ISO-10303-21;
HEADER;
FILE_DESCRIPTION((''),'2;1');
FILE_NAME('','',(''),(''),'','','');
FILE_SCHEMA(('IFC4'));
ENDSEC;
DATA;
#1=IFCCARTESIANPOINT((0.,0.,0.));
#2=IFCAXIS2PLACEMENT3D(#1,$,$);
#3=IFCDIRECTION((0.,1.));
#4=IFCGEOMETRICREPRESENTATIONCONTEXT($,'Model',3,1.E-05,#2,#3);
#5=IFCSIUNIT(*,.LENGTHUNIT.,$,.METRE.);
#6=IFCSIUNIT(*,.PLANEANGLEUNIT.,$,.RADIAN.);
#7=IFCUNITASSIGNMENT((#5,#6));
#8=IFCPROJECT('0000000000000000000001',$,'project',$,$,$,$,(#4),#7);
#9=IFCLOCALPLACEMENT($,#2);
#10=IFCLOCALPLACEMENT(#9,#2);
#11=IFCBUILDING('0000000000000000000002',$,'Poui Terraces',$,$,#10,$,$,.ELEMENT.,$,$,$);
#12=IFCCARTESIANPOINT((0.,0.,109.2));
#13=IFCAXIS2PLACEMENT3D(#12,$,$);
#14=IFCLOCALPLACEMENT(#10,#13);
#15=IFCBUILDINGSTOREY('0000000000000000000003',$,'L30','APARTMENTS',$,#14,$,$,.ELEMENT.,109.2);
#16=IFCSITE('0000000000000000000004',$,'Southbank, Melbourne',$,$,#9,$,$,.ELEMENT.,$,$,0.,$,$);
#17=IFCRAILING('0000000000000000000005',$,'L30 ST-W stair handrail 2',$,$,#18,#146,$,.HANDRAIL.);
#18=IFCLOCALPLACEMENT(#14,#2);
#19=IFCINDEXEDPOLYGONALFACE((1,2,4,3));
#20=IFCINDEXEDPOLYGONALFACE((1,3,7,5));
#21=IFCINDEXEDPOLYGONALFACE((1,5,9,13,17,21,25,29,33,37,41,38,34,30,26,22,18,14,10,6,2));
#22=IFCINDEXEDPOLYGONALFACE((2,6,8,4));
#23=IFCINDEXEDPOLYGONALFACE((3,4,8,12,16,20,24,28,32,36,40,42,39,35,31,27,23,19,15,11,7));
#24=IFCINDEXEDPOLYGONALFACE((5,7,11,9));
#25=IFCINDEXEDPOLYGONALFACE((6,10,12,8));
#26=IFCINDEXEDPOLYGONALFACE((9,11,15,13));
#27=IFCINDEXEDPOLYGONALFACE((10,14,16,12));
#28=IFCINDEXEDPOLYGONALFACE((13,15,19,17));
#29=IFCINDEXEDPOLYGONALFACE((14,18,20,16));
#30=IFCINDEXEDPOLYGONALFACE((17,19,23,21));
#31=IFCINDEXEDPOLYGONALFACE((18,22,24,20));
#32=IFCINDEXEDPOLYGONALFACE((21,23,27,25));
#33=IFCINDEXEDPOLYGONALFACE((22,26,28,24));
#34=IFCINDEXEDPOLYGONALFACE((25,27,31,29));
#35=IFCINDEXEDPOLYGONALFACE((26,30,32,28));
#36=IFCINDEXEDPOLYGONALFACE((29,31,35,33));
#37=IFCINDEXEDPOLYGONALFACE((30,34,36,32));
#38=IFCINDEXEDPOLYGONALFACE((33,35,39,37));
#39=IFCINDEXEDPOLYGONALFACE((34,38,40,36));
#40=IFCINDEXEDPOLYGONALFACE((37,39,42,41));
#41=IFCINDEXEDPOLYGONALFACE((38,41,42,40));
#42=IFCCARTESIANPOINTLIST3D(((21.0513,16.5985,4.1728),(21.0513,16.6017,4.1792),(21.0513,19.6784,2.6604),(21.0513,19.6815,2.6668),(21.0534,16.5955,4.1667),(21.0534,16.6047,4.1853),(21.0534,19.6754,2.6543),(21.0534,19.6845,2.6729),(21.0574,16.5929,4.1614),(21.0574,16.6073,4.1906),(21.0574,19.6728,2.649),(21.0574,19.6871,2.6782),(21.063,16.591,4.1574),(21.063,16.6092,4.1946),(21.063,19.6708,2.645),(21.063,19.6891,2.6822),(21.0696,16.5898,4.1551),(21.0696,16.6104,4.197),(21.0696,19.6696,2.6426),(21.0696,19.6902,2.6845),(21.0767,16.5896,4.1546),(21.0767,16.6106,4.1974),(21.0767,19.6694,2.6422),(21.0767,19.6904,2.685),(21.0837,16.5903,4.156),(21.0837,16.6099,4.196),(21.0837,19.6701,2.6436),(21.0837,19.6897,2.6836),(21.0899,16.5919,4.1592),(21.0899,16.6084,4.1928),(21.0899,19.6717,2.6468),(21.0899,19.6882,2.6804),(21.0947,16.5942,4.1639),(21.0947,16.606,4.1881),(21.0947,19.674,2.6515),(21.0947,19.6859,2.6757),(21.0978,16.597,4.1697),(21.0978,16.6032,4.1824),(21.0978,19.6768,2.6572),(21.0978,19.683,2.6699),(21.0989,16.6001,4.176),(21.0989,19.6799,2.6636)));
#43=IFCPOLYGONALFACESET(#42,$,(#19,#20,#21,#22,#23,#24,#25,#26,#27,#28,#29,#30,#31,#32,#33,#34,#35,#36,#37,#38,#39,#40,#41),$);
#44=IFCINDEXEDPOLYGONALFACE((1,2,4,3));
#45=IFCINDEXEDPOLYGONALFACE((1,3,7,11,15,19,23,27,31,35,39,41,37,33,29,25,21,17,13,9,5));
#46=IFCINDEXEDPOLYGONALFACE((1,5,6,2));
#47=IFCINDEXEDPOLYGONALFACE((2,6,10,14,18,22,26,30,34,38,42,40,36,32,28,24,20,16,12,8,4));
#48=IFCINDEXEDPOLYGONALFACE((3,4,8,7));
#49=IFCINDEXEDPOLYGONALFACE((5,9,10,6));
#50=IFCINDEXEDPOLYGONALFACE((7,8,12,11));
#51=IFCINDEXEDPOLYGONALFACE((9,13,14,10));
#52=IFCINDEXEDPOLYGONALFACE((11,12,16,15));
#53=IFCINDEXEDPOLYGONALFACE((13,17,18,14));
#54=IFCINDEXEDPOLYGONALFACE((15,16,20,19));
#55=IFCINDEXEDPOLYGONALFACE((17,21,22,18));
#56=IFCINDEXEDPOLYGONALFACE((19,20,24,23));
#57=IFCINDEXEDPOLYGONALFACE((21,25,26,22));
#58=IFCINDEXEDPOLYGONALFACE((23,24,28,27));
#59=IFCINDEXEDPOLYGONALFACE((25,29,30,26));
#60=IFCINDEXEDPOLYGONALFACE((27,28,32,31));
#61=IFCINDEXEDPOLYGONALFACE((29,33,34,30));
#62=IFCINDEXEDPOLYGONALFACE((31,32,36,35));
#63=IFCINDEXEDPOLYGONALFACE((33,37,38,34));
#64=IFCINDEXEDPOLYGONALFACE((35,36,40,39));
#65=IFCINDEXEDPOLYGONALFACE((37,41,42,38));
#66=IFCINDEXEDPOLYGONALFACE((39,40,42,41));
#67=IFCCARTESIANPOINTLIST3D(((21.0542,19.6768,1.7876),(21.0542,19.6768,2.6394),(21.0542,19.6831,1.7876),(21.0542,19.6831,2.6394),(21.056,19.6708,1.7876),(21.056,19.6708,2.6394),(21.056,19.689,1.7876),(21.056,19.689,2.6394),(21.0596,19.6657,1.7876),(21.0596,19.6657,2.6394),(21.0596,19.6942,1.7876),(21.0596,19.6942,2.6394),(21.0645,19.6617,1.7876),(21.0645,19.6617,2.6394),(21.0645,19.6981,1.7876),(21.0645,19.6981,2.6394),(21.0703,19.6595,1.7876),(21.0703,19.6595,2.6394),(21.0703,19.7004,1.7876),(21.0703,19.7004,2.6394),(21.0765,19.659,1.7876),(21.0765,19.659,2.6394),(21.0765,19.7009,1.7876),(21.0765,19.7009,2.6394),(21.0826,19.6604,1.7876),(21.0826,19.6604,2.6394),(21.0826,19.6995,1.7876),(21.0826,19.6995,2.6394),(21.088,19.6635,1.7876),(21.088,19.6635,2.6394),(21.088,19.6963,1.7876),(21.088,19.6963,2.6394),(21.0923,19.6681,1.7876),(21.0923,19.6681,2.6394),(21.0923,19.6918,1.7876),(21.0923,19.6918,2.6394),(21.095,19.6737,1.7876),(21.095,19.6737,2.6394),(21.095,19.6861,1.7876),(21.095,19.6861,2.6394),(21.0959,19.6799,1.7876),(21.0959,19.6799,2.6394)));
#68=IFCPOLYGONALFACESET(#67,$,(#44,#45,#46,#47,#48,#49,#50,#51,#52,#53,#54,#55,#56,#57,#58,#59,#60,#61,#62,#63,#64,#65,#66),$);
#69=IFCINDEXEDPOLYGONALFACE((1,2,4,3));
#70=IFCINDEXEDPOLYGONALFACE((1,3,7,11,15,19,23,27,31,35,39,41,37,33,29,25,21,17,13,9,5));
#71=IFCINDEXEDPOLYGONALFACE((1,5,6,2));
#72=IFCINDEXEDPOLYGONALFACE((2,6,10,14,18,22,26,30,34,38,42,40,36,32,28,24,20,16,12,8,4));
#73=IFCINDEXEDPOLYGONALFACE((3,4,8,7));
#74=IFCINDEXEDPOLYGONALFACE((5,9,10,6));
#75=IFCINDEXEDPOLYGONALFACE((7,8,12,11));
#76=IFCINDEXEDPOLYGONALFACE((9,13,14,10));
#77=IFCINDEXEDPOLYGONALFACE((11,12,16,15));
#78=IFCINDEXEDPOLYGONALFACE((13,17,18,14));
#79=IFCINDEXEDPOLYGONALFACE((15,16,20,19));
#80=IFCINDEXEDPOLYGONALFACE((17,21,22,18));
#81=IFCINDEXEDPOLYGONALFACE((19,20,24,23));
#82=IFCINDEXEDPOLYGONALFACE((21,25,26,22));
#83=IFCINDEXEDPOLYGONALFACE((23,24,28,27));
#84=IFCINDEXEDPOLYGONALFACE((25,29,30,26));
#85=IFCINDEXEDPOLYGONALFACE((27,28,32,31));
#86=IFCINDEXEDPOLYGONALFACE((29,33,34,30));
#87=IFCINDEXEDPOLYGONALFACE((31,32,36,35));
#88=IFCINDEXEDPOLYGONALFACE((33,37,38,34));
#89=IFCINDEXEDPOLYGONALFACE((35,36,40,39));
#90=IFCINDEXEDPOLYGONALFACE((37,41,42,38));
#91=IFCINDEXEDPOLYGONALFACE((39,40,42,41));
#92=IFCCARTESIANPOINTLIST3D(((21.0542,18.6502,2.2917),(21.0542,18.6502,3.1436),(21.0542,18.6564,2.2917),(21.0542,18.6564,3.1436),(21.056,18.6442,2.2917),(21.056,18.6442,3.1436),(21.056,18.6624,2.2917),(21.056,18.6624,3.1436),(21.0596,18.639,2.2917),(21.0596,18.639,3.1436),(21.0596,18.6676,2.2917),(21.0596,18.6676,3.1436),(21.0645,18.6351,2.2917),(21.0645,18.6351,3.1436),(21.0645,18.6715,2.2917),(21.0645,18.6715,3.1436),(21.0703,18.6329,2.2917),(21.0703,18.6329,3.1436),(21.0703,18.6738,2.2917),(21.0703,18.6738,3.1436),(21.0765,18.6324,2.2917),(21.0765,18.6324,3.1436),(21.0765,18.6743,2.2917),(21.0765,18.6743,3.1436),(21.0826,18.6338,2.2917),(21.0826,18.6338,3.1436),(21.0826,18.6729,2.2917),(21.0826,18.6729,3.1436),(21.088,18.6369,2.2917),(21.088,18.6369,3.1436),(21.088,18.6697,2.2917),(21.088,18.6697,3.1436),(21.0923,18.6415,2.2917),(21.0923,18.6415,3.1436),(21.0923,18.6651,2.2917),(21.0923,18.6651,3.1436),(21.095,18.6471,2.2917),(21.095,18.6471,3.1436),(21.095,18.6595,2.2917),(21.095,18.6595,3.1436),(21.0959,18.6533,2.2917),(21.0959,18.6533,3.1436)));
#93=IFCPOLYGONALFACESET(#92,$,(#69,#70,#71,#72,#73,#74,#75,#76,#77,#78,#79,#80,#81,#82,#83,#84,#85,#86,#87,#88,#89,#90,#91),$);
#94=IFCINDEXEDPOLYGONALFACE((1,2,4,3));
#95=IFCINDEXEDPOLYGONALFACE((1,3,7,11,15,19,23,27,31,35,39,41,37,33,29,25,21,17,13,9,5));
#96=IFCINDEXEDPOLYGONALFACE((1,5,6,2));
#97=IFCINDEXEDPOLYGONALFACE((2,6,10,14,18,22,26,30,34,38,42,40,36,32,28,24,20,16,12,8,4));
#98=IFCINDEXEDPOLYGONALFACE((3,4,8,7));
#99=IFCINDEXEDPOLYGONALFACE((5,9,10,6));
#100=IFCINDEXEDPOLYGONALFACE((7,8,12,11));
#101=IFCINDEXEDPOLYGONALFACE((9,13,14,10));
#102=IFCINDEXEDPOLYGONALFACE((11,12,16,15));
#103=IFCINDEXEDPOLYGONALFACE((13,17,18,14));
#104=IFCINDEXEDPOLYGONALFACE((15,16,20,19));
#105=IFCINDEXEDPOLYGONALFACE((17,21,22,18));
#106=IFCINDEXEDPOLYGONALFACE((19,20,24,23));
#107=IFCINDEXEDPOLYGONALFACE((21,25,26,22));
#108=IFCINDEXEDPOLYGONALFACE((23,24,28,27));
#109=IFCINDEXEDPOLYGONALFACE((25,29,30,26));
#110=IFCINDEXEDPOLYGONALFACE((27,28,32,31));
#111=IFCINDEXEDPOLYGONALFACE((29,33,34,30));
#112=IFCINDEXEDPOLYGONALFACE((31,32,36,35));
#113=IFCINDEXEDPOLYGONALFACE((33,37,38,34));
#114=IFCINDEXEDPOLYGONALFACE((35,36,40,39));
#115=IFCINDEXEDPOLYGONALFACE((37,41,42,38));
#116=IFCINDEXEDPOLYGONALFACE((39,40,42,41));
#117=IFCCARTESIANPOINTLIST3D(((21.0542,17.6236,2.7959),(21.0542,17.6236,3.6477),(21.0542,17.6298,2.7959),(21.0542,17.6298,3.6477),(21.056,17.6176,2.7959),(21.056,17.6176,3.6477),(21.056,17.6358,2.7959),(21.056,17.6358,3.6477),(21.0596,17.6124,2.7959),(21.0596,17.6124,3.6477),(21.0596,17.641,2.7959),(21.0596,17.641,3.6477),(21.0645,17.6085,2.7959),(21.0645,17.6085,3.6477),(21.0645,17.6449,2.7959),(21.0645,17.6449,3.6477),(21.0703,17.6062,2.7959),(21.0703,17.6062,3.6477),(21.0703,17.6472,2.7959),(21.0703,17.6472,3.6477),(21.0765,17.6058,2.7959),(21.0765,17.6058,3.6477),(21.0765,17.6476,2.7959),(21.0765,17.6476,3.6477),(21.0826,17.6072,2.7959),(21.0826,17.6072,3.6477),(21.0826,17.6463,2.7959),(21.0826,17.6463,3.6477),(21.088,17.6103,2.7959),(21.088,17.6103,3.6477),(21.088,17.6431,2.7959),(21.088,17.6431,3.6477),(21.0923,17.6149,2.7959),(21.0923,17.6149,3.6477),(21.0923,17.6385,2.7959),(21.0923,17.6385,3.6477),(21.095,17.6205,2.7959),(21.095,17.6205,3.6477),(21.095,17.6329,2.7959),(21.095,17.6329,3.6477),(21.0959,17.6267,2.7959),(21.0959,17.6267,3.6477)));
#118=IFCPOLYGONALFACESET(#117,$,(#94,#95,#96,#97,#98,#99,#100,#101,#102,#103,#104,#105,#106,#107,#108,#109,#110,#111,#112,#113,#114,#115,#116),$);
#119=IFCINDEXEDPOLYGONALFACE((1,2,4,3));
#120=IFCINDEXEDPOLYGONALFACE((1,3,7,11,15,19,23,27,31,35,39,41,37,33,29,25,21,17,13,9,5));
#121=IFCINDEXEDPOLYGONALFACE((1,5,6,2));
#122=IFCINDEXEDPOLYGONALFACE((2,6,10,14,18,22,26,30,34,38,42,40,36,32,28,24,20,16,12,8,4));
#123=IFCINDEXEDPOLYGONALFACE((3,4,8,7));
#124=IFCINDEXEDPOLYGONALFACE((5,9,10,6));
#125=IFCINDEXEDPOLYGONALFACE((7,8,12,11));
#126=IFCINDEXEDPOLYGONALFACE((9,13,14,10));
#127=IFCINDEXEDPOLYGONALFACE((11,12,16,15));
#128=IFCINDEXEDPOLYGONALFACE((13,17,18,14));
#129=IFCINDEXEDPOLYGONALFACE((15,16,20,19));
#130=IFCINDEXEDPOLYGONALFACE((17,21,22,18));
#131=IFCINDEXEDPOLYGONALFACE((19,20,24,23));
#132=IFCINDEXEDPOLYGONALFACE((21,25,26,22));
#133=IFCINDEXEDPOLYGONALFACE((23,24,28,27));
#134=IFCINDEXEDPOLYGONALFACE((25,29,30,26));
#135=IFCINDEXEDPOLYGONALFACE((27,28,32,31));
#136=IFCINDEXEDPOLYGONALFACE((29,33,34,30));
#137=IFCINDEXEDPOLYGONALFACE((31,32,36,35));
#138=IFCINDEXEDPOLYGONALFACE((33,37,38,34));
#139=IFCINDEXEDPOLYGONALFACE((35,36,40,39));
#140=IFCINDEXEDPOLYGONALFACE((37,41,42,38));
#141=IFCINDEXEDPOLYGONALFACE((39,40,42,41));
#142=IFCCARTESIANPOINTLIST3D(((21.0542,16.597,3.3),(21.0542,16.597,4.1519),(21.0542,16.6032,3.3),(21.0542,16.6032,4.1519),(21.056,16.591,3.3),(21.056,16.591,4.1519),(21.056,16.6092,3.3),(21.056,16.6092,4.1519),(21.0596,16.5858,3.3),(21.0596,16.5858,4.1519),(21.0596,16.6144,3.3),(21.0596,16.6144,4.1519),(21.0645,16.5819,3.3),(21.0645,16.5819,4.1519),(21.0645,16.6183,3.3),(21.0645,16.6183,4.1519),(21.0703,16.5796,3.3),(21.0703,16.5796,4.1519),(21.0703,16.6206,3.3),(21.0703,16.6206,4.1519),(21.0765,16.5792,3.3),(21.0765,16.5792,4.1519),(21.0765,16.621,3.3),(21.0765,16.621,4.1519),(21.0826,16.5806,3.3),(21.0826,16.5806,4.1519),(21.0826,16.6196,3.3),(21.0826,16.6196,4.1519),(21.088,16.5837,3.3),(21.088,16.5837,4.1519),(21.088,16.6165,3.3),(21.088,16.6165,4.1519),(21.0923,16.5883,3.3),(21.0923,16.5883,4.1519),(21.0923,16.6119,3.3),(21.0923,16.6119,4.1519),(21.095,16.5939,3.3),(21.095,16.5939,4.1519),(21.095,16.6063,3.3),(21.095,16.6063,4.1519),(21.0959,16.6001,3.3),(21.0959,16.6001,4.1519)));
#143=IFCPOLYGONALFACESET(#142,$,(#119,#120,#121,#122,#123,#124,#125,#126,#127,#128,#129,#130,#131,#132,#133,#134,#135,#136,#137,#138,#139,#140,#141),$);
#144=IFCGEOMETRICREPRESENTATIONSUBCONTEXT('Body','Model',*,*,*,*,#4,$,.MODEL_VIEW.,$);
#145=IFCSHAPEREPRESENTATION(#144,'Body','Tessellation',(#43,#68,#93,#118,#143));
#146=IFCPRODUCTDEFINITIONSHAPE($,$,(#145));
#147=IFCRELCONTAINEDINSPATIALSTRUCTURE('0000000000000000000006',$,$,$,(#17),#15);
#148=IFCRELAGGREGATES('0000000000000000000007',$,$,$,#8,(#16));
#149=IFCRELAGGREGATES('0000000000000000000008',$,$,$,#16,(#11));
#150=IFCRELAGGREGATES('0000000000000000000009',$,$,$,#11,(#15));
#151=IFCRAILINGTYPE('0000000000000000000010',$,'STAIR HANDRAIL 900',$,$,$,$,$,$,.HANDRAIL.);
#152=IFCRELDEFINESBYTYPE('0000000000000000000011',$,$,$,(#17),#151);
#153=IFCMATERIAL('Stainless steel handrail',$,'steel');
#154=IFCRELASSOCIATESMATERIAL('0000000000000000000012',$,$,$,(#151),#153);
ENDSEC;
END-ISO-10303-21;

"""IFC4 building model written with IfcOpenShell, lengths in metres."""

from ifc_helpers import new_model, si_unit, direction, frame, origin, origin_2d, place, context, subcontext, project, spatial, circle, extrude, material, type_object, element, save


model = new_model("IFC4")

# Units and contexts
model_context = context("Model", 3, precision=1e-05, world=origin(), true_north=direction((0.0, 1.0)))
body_context = subcontext(model_context, "Body", "Model", "MODEL_VIEW")
ifc_project = project(units=[si_unit("LENGTHUNIT", "METRE"), si_unit("PLANEANGLEUNIT", "RADIAN")], contexts=[model_context])

# Site, building, storey
site_placement = place(None, origin())
site = spatial("IfcSite", under=ifc_project, at=site_placement, Name="Southbank, Melbourne", CompositionType="ELEMENT", RefElevation=0.0)
building_placement = place(site_placement, origin())
building = spatial("IfcBuilding", under=site, at=building_placement, Name="Poui Terraces", CompositionType="ELEMENT")
storey_placement = place(building_placement, frame((0.0, 0.0, 109.2)))
storey = spatial("IfcBuildingStorey", under=building, at=storey_placement, Name="L30", Description="APARTMENTS", CompositionType="ELEMENT", Elevation=109.2)

# Railing
ifc_material_1 = material(Name="Stainless steel handrail", Category="steel")
railing_type_1 = type_object("IfcRailingType", Name="STAIR HANDRAIL 900", PredefinedType="HANDRAIL", material=ifc_material_1)
railing_1_placement = place(storey_placement, frame((21.075, 19.6799, 1.7876)))
element("IfcRailing", 1, at=railing_1_placement, inside=storey, type_object=railing_type_1, Name="L30 ST-W stair handrail 2", PredefinedType="HANDRAIL", context=body_context, shape_type="SweptSolid", body=[
    extrude(circle(Radius=0.0239, at=origin_2d()), frame((0.0, 0.0, 0.876), z_axis=(0.0, -0.897606, 0.440798), x_axis=(1.0, 0.0, 0.0)), (0.0, 0.0, 1.0), 3.4312),
    extrude(circle(Radius=0.021, at=origin_2d()), origin(), (0.0, 0.0, 1.0), 0.8518),
    extrude(circle(Radius=0.021, at=origin_2d()), frame((0.0, -1.0266, 0.5042)), (0.0, 0.0, 1.0), 0.8518),
    extrude(circle(Radius=0.021, at=origin_2d()), frame((0.0, -2.0532, 1.0083)), (0.0, 0.0, 1.0), 0.8518),
    extrude(circle(Radius=0.021, at=origin_2d()), frame((0.0, -3.0798, 1.5125)), (0.0, 0.0, 1.0), 0.8518),
])

save(model, "model.ifc")
